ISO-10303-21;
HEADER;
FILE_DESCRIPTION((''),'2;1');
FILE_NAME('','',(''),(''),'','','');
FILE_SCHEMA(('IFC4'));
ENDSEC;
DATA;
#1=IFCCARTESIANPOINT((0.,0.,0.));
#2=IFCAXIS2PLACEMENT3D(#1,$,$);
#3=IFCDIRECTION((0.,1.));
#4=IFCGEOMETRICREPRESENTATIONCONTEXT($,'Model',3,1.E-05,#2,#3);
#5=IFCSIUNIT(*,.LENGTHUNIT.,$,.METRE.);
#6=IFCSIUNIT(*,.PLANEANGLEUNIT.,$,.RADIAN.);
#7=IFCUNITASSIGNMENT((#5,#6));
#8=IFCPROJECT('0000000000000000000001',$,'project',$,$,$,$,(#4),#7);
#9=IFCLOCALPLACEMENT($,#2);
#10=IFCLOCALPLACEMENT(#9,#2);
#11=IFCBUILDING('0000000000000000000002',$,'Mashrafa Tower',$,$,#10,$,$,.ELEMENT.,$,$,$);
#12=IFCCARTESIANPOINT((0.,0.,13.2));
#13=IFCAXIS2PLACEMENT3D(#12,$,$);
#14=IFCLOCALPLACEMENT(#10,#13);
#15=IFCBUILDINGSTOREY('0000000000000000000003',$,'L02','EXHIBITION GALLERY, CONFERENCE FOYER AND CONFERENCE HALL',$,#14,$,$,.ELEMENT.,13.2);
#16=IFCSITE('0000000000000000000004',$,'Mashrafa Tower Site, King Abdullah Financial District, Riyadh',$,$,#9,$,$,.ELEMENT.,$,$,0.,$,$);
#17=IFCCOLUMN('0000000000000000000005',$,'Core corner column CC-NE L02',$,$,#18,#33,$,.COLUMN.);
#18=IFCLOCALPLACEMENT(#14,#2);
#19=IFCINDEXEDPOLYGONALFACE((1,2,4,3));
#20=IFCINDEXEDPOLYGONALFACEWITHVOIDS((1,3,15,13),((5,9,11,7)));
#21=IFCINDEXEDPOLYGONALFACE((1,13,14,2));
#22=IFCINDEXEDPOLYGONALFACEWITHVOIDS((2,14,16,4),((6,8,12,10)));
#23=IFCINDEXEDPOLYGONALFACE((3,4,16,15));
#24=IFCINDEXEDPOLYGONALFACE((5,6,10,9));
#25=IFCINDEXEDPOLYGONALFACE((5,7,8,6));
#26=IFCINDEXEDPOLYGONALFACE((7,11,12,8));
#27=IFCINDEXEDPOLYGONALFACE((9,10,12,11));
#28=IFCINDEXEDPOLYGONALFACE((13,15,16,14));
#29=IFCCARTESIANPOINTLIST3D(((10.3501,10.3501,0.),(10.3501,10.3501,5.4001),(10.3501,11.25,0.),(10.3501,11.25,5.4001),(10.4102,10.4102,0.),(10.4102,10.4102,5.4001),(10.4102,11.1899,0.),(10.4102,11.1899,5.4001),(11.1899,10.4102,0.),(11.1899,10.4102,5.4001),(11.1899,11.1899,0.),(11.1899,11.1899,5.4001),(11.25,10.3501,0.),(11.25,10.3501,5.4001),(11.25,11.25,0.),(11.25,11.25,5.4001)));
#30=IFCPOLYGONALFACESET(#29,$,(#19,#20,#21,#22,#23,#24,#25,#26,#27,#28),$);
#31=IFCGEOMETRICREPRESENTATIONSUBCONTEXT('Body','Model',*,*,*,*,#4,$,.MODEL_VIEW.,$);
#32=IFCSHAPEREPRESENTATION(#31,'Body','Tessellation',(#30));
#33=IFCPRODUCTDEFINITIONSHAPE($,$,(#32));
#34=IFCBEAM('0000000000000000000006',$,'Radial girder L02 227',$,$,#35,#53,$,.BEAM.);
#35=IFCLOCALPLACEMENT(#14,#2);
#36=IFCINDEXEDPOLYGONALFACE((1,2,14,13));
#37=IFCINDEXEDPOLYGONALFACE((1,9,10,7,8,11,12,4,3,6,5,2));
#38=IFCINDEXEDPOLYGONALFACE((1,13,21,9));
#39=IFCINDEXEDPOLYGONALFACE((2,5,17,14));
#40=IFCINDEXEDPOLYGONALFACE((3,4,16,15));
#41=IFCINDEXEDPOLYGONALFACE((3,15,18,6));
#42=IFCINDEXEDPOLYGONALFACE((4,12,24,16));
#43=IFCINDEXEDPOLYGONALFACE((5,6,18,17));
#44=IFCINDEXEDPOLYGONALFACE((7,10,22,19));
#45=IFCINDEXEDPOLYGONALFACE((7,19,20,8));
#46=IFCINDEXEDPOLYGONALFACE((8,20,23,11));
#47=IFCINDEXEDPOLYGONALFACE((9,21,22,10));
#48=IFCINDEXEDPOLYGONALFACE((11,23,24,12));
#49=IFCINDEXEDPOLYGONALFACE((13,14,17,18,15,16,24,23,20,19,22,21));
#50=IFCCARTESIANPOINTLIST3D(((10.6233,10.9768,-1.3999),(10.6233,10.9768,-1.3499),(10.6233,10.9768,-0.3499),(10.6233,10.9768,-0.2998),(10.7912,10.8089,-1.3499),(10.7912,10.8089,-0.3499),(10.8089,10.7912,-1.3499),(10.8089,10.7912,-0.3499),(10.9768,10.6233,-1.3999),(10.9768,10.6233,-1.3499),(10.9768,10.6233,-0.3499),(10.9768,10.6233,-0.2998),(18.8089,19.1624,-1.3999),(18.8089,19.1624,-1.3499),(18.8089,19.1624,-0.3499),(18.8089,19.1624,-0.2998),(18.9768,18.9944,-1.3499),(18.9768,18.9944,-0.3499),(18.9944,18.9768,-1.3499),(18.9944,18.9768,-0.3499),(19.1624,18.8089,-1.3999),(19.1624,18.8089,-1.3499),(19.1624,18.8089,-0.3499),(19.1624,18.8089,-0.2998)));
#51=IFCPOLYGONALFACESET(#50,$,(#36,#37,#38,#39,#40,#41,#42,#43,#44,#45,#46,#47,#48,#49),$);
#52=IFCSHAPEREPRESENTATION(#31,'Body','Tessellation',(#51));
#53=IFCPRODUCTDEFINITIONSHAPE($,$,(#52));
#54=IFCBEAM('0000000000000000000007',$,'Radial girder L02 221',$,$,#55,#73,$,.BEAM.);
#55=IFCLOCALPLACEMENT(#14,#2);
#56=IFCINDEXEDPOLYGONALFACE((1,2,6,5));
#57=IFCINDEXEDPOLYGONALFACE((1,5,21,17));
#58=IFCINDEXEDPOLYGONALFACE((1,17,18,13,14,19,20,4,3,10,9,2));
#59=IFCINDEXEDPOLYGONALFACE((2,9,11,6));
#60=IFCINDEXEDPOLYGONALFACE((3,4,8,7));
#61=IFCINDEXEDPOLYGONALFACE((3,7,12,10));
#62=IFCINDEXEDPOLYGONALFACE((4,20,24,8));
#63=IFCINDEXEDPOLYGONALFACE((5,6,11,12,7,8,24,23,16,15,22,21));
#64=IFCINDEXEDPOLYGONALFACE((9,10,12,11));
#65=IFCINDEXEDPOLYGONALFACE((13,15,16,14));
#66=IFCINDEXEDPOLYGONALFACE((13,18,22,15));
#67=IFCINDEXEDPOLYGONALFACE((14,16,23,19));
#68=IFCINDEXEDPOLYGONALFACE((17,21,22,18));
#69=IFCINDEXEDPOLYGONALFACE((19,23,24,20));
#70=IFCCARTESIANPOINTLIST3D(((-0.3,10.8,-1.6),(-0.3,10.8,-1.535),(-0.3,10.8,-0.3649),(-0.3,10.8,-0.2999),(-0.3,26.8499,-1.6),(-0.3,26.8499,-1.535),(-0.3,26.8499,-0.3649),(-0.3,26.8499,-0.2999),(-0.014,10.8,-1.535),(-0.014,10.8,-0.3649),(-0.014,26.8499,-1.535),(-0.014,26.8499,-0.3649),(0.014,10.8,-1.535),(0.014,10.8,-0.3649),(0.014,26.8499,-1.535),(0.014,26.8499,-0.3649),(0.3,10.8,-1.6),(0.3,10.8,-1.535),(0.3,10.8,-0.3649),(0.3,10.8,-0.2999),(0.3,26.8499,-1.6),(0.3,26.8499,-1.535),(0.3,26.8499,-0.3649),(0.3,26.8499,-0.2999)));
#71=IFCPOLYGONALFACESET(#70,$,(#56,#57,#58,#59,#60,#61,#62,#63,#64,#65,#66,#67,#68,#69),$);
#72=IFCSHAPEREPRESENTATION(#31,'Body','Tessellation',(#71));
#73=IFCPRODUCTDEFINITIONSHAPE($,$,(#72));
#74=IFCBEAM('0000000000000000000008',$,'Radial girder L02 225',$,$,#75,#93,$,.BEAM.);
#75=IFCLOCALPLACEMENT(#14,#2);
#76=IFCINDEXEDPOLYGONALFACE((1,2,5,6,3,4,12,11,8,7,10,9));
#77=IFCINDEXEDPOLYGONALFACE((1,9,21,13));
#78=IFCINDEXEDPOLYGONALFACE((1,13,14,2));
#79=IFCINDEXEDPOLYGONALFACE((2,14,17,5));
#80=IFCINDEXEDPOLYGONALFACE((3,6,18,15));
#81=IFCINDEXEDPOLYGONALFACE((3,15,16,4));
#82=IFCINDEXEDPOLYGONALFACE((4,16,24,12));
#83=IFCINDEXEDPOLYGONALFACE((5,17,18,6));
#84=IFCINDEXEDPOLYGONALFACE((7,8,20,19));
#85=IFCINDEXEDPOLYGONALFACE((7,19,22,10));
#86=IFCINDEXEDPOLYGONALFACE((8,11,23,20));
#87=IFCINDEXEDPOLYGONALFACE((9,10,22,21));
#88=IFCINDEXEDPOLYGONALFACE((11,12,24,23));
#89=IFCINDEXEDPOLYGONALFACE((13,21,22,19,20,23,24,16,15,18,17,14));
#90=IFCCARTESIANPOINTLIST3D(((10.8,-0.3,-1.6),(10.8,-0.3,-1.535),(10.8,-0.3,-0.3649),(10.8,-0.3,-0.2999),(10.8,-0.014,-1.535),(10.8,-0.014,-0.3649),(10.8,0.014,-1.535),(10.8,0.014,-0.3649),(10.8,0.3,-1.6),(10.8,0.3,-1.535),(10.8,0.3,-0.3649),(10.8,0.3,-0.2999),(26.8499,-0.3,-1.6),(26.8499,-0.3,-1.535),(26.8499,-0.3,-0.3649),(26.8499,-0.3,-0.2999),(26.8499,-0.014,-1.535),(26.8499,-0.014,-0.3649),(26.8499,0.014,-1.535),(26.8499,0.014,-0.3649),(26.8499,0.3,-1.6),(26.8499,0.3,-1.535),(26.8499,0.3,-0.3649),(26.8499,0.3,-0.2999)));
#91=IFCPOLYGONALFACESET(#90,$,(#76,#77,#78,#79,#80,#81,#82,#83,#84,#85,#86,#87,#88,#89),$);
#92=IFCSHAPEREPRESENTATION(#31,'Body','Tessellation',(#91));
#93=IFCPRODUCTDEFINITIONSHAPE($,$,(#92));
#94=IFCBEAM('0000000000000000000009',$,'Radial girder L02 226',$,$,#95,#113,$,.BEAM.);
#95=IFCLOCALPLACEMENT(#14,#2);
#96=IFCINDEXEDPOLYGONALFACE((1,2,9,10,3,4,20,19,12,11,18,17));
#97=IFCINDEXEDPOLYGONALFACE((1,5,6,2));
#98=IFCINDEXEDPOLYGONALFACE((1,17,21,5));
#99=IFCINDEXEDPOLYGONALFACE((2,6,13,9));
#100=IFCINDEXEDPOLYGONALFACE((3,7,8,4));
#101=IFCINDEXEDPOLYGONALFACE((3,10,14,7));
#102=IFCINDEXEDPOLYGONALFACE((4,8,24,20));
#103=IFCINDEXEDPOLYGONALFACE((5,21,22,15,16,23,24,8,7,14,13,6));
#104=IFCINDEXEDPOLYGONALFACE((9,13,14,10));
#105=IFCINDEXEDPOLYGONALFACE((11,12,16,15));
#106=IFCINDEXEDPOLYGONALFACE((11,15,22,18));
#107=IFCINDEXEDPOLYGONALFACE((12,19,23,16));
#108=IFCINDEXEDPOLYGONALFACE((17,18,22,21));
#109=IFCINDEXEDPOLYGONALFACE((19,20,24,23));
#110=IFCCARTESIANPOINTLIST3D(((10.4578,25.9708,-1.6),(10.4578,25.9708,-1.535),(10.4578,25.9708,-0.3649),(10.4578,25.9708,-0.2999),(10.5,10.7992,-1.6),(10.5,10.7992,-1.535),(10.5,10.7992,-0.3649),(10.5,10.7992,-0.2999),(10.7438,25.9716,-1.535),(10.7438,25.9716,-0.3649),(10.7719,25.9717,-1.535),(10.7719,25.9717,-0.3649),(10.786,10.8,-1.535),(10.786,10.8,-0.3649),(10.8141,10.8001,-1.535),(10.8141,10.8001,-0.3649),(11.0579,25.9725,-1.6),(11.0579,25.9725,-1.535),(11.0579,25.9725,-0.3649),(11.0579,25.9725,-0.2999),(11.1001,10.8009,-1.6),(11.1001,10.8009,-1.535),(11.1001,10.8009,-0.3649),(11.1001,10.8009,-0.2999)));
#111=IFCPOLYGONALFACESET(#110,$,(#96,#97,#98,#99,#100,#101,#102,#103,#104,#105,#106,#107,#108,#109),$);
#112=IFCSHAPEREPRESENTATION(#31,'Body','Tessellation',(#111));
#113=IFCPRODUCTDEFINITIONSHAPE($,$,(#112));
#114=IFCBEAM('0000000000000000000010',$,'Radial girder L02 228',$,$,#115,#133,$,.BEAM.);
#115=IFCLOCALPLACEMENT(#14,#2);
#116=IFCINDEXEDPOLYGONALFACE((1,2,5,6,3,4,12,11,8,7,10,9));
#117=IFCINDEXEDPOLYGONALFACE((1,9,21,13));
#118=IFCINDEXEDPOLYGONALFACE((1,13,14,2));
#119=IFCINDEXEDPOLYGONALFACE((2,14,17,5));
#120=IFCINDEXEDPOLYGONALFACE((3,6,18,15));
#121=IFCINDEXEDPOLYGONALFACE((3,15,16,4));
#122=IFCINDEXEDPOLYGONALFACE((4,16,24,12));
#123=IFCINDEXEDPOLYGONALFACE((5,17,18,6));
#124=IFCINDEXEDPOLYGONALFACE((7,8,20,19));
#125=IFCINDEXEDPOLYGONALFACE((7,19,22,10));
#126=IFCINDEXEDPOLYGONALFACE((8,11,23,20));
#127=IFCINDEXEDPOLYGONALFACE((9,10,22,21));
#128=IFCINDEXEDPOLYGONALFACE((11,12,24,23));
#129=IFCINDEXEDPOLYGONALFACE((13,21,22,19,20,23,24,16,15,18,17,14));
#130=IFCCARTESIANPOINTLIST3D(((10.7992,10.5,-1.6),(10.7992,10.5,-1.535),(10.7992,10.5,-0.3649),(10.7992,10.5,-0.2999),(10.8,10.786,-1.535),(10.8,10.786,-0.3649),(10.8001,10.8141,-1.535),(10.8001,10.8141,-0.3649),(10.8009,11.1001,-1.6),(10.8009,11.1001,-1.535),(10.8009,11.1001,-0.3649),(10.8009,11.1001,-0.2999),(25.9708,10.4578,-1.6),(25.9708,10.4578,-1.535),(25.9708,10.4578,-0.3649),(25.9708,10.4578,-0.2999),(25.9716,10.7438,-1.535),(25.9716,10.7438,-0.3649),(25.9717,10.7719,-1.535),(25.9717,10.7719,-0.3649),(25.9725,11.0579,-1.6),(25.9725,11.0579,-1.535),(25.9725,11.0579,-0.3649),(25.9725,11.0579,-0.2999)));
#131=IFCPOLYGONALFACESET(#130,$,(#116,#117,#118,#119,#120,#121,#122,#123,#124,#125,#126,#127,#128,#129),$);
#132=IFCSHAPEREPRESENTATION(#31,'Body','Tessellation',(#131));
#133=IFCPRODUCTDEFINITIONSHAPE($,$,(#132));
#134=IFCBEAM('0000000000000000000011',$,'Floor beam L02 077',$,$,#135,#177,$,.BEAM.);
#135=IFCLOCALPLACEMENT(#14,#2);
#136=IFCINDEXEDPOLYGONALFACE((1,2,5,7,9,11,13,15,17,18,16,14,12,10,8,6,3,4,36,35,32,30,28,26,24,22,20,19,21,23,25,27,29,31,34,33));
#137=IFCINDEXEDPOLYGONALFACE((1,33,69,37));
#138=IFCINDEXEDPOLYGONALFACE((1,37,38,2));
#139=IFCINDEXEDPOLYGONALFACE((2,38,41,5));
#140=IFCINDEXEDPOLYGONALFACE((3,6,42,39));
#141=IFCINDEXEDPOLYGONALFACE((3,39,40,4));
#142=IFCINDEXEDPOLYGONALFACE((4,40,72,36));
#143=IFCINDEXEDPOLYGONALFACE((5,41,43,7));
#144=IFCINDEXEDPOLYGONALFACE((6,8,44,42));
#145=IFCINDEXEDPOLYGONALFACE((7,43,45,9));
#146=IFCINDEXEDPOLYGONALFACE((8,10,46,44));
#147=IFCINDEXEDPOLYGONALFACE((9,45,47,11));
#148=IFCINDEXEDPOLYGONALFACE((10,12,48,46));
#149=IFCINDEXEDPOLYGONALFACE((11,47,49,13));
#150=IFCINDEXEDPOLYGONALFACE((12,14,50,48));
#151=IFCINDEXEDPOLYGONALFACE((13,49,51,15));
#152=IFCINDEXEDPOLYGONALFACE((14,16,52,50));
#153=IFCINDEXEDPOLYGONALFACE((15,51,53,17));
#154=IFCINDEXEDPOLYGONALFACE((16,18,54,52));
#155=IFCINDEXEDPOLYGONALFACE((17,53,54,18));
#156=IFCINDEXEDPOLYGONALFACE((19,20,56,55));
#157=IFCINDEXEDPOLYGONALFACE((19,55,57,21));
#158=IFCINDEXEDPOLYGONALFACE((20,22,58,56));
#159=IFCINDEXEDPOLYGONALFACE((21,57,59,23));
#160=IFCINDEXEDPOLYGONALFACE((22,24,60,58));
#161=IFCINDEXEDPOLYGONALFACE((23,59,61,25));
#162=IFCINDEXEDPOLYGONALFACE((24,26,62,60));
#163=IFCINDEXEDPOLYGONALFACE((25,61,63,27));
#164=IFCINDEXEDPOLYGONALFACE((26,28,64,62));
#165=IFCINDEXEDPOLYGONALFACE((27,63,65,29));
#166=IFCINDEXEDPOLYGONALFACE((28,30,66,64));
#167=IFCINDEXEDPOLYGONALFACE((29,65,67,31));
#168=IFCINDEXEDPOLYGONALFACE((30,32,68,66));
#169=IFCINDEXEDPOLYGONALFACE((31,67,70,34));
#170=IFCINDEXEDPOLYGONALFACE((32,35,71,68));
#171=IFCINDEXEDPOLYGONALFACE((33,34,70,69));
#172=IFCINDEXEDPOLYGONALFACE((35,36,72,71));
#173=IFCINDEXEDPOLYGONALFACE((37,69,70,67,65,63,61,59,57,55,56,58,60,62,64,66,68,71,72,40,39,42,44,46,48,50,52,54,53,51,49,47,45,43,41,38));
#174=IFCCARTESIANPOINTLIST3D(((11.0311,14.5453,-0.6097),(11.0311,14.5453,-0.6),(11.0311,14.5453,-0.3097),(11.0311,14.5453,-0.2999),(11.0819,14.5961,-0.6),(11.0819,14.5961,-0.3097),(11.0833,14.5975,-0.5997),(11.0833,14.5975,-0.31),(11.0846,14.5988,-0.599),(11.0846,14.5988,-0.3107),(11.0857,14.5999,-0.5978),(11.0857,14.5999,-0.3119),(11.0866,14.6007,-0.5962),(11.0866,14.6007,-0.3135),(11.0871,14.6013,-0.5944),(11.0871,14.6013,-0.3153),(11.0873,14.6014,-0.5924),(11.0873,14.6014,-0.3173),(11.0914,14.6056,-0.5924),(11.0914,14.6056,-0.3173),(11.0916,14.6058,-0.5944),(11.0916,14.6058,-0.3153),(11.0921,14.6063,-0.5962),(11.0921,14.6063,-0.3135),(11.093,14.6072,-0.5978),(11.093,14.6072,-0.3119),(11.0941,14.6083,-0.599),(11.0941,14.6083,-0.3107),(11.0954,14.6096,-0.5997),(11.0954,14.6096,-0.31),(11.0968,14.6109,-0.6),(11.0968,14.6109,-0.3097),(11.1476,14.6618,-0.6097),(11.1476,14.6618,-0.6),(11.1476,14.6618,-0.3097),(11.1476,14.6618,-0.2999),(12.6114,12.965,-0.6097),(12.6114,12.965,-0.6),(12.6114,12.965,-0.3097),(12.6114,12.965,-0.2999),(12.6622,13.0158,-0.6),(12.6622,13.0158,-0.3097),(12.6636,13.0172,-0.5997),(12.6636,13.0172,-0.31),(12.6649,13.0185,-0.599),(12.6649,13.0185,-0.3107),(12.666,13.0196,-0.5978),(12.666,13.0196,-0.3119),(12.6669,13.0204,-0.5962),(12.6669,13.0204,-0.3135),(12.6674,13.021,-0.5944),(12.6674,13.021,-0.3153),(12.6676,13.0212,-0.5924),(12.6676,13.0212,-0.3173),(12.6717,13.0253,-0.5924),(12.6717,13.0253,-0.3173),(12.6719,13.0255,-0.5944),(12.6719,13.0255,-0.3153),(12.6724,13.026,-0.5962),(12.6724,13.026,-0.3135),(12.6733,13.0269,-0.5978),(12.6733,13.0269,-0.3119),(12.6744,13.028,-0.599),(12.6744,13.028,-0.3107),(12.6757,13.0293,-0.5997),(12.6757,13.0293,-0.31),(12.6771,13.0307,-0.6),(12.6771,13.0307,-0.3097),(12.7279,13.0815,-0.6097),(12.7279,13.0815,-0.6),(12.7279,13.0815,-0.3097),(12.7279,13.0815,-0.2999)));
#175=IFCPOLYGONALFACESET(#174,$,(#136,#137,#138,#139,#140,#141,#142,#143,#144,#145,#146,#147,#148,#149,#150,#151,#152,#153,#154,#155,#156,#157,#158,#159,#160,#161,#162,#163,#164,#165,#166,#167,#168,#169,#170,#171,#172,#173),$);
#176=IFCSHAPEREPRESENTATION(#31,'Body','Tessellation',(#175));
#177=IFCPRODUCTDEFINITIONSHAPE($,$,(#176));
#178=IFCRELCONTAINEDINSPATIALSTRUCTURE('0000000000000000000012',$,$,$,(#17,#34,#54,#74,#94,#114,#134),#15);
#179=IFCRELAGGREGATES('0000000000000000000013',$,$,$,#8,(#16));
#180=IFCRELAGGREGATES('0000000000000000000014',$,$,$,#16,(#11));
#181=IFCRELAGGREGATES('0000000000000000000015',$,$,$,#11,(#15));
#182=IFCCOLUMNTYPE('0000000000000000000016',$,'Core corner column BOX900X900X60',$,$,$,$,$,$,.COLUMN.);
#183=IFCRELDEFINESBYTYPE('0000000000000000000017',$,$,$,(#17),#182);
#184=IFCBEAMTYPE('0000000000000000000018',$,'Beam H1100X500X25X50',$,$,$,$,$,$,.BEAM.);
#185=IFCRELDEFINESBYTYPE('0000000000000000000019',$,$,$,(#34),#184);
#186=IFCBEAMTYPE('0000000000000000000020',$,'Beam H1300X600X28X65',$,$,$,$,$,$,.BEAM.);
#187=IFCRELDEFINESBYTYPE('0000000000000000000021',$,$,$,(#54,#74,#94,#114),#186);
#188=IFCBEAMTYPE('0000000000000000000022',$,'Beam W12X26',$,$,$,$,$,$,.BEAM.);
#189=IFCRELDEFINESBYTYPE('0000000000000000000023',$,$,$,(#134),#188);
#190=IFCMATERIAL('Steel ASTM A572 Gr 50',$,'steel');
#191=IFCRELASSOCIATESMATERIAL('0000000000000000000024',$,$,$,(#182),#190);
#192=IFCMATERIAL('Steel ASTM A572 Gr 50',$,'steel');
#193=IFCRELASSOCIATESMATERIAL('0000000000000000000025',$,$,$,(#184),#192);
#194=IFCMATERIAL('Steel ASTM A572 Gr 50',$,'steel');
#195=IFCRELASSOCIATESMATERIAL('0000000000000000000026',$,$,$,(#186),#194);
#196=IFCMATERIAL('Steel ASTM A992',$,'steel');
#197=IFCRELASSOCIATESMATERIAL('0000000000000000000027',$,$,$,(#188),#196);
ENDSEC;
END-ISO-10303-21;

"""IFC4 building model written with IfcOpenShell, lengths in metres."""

from ifc_helpers import new_model, si_unit, direction, frame, origin, origin_2d, place, context, subcontext, project, spatial, hollow_rectangle, i_section, extrude, material, material_profile, profile_set, type_object, element, save


model = new_model("IFC4")

# Units and contexts
model_context = context("Model", 3, precision=1e-05, world=origin(), true_north=direction((0.0, 1.0)))
body_context = subcontext(model_context, "Body", "Model", "MODEL_VIEW")
ifc_project = project(units=[si_unit("LENGTHUNIT", "METRE"), si_unit("PLANEANGLEUNIT", "RADIAN")], contexts=[model_context])

# Site, building, storey
site_placement = place(None, origin())
site = spatial("IfcSite", under=ifc_project, at=site_placement, Name="Mashrafa Tower Site, King Abdullah Financial District, Riyadh", CompositionType="ELEMENT", RefElevation=0.0)
building_placement = place(site_placement, origin())
building = spatial("IfcBuilding", under=site, at=building_placement, Name="Mashrafa Tower", CompositionType="ELEMENT")
storey_placement = place(building_placement, frame((0.0, 0.0, 13.2)))
storey = spatial("IfcBuildingStorey", under=building, at=storey_placement, Name="L02", Description="EXHIBITION GALLERY, CONFERENCE FOYER AND CONFERENCE HALL", CompositionType="ELEMENT", Elevation=13.2)

# Column
ifc_material_1 = material(Name="Steel ASTM A572 Gr 50", Category="steel")
ifc_material_profile_1 = material_profile(ifc_material_1, hollow_rectangle(XDim=0.8999, YDim=0.8999, WallThickness=0.0601, at=origin_2d()), Name="BOX900X900X60")
ifc_profile_set_1 = profile_set([ifc_material_profile_1], Name="Steel ASTM A572 Gr 50")
column_type = type_object("IfcColumnType", Name="Core corner column BOX900X900X60", PredefinedType="COLUMN", material=ifc_profile_set_1)
column_placement = place(storey_placement, frame((10.8, 10.8, 0.0), z_axis=(0.0, 0.0, 1.0), x_axis=(1.0, 0.0, 0.0)))
element("IfcColumn", 1, at=column_placement, inside=storey, type_object=column_type, Name="Core corner column CC-NE L02", PredefinedType="COLUMN", context=body_context, shape_type="SweptSolid", body=[
    extrude(hollow_rectangle(XDim=0.8999, YDim=0.8999, WallThickness=0.0601, at=origin_2d()), origin(), (0.0, 0.0, 1.0), 5.4001),
])

# Beams
ifc_material_2 = material(Name="Steel ASTM A572 Gr 50", Category="steel")
ifc_material_profile_2 = material_profile(ifc_material_2, i_section(OverallWidth=0.5, OverallDepth=1.1001, WebThickness=0.0249, FlangeThickness=0.05, at=origin_2d()), Name="H1100X500X25X50")
ifc_profile_set_2 = profile_set([ifc_material_profile_2], Name="Steel ASTM A572 Gr 50")
beam_type_1 = type_object("IfcBeamType", Name="Beam H1100X500X25X50", PredefinedType="BEAM", material=ifc_profile_set_2)
beam_1_placement = place(storey_placement, frame((10.8, 10.8, -0.8499), z_axis=(0.707107, 0.707107, 0.0), x_axis=(-0.707107, 0.707107, 0.0)))
element("IfcBeam", 2, at=beam_1_placement, inside=storey, type_object=beam_type_1, Name="Radial girder L02 227", PredefinedType="BEAM", context=body_context, shape_type="SweptSolid", body=[
    extrude(i_section(OverallWidth=0.5, OverallDepth=1.1001, WebThickness=0.0249, FlangeThickness=0.05, at=origin_2d()), origin(), (0.0, 0.0, 1.0), 11.5762),
])
ifc_material_3 = material(Name="Steel ASTM A572 Gr 50", Category="steel")
ifc_material_profile_3 = material_profile(ifc_material_3, i_section(OverallWidth=0.6001, OverallDepth=1.3, WebThickness=0.0281, FlangeThickness=0.0649, at=origin_2d()), Name="H1300X600X28X65")
ifc_profile_set_3 = profile_set([ifc_material_profile_3], Name="Steel ASTM A572 Gr 50")
beam_type_2 = type_object("IfcBeamType", Name="Beam H1300X600X28X65", PredefinedType="BEAM", material=ifc_profile_set_3)
for number, where, z_axis, x_axis, name in (
    (3, (0.0, 10.8, -0.95), (0.0, 1.0, 0.0), (-1.0, 0.0, 0.0), "Radial girder L02 221"),
    (4, (10.8, 0.0, -0.95), (1.0, 0.0, 0.0), (0.0, 1.0, 0.0), "Radial girder L02 225"),
):
    element("IfcBeam", number, at=place(storey_placement, frame(where, z_axis=z_axis, x_axis=x_axis)), inside=storey, type_object=beam_type_2, Name=name, PredefinedType="BEAM", context=body_context, shape_type="SweptSolid", body=[
        extrude(i_section(OverallWidth=0.6001, OverallDepth=1.3, WebThickness=0.0281, FlangeThickness=0.0649, at=origin_2d()), origin(), (0.0, 0.0, 1.0), 16.0498),
    ])
for number, where, z_axis, x_axis, name in (
    (5, (10.8, 10.8, -0.95), (-0.002784, 0.999996, 0.0), (-0.999996, -0.002784, 0.0), "Radial girder L02 226"),
    (6, (10.8, 10.8, -0.95), (0.999996, -0.002784, 0.0), (0.002784, 0.999996, 0.0), "Radial girder L02 228"),
):
    element("IfcBeam", number, at=place(storey_placement, frame(where, z_axis=z_axis, x_axis=x_axis)), inside=storey, type_object=beam_type_2, Name=name, PredefinedType="BEAM", context=body_context, shape_type="SweptSolid", body=[
        extrude(i_section(OverallWidth=0.6001, OverallDepth=1.3, WebThickness=0.0281, FlangeThickness=0.0649, at=origin_2d()), origin(), (0.0, 0.0, 1.0), 15.1716),
    ])
ifc_material_4 = material(Name="Steel ASTM A992", Category="steel")
ifc_material_profile_4 = material_profile(ifc_material_4, i_section(OverallWidth=0.1648, OverallDepth=0.3098, WebThickness=0.0059, FlangeThickness=0.0098, FilletRadius=0.0076, at=origin_2d()), Name="W12X26")
ifc_profile_set_4 = profile_set([ifc_material_profile_4], Name="Steel ASTM A992")
beam_type_3 = type_object("IfcBeamType", Name="Beam W12X26", PredefinedType="BEAM", material=ifc_profile_set_4)
for number, where, z_axis, x_axis, name in (
    (7, (11.0894, 14.6035, -0.4548), (0.707107, -0.707107, 0.0), (0.707107, 0.707107, 0.0), "Floor beam L02 077"),
):
    element("IfcBeam", number, at=place(storey_placement, frame(where, z_axis=z_axis, x_axis=x_axis)), inside=storey, type_object=beam_type_3, Name=name, PredefinedType="BEAM", context=body_context, shape_type="SweptSolid", body=[
        extrude(i_section(OverallWidth=0.1648, OverallDepth=0.3098, WebThickness=0.0059, FlangeThickness=0.0098, FilletRadius=0.0076, at=origin_2d()), origin(), (0.0, 0.0, 1.0), 2.2349),
    ])

save(model, "model.ifc")
